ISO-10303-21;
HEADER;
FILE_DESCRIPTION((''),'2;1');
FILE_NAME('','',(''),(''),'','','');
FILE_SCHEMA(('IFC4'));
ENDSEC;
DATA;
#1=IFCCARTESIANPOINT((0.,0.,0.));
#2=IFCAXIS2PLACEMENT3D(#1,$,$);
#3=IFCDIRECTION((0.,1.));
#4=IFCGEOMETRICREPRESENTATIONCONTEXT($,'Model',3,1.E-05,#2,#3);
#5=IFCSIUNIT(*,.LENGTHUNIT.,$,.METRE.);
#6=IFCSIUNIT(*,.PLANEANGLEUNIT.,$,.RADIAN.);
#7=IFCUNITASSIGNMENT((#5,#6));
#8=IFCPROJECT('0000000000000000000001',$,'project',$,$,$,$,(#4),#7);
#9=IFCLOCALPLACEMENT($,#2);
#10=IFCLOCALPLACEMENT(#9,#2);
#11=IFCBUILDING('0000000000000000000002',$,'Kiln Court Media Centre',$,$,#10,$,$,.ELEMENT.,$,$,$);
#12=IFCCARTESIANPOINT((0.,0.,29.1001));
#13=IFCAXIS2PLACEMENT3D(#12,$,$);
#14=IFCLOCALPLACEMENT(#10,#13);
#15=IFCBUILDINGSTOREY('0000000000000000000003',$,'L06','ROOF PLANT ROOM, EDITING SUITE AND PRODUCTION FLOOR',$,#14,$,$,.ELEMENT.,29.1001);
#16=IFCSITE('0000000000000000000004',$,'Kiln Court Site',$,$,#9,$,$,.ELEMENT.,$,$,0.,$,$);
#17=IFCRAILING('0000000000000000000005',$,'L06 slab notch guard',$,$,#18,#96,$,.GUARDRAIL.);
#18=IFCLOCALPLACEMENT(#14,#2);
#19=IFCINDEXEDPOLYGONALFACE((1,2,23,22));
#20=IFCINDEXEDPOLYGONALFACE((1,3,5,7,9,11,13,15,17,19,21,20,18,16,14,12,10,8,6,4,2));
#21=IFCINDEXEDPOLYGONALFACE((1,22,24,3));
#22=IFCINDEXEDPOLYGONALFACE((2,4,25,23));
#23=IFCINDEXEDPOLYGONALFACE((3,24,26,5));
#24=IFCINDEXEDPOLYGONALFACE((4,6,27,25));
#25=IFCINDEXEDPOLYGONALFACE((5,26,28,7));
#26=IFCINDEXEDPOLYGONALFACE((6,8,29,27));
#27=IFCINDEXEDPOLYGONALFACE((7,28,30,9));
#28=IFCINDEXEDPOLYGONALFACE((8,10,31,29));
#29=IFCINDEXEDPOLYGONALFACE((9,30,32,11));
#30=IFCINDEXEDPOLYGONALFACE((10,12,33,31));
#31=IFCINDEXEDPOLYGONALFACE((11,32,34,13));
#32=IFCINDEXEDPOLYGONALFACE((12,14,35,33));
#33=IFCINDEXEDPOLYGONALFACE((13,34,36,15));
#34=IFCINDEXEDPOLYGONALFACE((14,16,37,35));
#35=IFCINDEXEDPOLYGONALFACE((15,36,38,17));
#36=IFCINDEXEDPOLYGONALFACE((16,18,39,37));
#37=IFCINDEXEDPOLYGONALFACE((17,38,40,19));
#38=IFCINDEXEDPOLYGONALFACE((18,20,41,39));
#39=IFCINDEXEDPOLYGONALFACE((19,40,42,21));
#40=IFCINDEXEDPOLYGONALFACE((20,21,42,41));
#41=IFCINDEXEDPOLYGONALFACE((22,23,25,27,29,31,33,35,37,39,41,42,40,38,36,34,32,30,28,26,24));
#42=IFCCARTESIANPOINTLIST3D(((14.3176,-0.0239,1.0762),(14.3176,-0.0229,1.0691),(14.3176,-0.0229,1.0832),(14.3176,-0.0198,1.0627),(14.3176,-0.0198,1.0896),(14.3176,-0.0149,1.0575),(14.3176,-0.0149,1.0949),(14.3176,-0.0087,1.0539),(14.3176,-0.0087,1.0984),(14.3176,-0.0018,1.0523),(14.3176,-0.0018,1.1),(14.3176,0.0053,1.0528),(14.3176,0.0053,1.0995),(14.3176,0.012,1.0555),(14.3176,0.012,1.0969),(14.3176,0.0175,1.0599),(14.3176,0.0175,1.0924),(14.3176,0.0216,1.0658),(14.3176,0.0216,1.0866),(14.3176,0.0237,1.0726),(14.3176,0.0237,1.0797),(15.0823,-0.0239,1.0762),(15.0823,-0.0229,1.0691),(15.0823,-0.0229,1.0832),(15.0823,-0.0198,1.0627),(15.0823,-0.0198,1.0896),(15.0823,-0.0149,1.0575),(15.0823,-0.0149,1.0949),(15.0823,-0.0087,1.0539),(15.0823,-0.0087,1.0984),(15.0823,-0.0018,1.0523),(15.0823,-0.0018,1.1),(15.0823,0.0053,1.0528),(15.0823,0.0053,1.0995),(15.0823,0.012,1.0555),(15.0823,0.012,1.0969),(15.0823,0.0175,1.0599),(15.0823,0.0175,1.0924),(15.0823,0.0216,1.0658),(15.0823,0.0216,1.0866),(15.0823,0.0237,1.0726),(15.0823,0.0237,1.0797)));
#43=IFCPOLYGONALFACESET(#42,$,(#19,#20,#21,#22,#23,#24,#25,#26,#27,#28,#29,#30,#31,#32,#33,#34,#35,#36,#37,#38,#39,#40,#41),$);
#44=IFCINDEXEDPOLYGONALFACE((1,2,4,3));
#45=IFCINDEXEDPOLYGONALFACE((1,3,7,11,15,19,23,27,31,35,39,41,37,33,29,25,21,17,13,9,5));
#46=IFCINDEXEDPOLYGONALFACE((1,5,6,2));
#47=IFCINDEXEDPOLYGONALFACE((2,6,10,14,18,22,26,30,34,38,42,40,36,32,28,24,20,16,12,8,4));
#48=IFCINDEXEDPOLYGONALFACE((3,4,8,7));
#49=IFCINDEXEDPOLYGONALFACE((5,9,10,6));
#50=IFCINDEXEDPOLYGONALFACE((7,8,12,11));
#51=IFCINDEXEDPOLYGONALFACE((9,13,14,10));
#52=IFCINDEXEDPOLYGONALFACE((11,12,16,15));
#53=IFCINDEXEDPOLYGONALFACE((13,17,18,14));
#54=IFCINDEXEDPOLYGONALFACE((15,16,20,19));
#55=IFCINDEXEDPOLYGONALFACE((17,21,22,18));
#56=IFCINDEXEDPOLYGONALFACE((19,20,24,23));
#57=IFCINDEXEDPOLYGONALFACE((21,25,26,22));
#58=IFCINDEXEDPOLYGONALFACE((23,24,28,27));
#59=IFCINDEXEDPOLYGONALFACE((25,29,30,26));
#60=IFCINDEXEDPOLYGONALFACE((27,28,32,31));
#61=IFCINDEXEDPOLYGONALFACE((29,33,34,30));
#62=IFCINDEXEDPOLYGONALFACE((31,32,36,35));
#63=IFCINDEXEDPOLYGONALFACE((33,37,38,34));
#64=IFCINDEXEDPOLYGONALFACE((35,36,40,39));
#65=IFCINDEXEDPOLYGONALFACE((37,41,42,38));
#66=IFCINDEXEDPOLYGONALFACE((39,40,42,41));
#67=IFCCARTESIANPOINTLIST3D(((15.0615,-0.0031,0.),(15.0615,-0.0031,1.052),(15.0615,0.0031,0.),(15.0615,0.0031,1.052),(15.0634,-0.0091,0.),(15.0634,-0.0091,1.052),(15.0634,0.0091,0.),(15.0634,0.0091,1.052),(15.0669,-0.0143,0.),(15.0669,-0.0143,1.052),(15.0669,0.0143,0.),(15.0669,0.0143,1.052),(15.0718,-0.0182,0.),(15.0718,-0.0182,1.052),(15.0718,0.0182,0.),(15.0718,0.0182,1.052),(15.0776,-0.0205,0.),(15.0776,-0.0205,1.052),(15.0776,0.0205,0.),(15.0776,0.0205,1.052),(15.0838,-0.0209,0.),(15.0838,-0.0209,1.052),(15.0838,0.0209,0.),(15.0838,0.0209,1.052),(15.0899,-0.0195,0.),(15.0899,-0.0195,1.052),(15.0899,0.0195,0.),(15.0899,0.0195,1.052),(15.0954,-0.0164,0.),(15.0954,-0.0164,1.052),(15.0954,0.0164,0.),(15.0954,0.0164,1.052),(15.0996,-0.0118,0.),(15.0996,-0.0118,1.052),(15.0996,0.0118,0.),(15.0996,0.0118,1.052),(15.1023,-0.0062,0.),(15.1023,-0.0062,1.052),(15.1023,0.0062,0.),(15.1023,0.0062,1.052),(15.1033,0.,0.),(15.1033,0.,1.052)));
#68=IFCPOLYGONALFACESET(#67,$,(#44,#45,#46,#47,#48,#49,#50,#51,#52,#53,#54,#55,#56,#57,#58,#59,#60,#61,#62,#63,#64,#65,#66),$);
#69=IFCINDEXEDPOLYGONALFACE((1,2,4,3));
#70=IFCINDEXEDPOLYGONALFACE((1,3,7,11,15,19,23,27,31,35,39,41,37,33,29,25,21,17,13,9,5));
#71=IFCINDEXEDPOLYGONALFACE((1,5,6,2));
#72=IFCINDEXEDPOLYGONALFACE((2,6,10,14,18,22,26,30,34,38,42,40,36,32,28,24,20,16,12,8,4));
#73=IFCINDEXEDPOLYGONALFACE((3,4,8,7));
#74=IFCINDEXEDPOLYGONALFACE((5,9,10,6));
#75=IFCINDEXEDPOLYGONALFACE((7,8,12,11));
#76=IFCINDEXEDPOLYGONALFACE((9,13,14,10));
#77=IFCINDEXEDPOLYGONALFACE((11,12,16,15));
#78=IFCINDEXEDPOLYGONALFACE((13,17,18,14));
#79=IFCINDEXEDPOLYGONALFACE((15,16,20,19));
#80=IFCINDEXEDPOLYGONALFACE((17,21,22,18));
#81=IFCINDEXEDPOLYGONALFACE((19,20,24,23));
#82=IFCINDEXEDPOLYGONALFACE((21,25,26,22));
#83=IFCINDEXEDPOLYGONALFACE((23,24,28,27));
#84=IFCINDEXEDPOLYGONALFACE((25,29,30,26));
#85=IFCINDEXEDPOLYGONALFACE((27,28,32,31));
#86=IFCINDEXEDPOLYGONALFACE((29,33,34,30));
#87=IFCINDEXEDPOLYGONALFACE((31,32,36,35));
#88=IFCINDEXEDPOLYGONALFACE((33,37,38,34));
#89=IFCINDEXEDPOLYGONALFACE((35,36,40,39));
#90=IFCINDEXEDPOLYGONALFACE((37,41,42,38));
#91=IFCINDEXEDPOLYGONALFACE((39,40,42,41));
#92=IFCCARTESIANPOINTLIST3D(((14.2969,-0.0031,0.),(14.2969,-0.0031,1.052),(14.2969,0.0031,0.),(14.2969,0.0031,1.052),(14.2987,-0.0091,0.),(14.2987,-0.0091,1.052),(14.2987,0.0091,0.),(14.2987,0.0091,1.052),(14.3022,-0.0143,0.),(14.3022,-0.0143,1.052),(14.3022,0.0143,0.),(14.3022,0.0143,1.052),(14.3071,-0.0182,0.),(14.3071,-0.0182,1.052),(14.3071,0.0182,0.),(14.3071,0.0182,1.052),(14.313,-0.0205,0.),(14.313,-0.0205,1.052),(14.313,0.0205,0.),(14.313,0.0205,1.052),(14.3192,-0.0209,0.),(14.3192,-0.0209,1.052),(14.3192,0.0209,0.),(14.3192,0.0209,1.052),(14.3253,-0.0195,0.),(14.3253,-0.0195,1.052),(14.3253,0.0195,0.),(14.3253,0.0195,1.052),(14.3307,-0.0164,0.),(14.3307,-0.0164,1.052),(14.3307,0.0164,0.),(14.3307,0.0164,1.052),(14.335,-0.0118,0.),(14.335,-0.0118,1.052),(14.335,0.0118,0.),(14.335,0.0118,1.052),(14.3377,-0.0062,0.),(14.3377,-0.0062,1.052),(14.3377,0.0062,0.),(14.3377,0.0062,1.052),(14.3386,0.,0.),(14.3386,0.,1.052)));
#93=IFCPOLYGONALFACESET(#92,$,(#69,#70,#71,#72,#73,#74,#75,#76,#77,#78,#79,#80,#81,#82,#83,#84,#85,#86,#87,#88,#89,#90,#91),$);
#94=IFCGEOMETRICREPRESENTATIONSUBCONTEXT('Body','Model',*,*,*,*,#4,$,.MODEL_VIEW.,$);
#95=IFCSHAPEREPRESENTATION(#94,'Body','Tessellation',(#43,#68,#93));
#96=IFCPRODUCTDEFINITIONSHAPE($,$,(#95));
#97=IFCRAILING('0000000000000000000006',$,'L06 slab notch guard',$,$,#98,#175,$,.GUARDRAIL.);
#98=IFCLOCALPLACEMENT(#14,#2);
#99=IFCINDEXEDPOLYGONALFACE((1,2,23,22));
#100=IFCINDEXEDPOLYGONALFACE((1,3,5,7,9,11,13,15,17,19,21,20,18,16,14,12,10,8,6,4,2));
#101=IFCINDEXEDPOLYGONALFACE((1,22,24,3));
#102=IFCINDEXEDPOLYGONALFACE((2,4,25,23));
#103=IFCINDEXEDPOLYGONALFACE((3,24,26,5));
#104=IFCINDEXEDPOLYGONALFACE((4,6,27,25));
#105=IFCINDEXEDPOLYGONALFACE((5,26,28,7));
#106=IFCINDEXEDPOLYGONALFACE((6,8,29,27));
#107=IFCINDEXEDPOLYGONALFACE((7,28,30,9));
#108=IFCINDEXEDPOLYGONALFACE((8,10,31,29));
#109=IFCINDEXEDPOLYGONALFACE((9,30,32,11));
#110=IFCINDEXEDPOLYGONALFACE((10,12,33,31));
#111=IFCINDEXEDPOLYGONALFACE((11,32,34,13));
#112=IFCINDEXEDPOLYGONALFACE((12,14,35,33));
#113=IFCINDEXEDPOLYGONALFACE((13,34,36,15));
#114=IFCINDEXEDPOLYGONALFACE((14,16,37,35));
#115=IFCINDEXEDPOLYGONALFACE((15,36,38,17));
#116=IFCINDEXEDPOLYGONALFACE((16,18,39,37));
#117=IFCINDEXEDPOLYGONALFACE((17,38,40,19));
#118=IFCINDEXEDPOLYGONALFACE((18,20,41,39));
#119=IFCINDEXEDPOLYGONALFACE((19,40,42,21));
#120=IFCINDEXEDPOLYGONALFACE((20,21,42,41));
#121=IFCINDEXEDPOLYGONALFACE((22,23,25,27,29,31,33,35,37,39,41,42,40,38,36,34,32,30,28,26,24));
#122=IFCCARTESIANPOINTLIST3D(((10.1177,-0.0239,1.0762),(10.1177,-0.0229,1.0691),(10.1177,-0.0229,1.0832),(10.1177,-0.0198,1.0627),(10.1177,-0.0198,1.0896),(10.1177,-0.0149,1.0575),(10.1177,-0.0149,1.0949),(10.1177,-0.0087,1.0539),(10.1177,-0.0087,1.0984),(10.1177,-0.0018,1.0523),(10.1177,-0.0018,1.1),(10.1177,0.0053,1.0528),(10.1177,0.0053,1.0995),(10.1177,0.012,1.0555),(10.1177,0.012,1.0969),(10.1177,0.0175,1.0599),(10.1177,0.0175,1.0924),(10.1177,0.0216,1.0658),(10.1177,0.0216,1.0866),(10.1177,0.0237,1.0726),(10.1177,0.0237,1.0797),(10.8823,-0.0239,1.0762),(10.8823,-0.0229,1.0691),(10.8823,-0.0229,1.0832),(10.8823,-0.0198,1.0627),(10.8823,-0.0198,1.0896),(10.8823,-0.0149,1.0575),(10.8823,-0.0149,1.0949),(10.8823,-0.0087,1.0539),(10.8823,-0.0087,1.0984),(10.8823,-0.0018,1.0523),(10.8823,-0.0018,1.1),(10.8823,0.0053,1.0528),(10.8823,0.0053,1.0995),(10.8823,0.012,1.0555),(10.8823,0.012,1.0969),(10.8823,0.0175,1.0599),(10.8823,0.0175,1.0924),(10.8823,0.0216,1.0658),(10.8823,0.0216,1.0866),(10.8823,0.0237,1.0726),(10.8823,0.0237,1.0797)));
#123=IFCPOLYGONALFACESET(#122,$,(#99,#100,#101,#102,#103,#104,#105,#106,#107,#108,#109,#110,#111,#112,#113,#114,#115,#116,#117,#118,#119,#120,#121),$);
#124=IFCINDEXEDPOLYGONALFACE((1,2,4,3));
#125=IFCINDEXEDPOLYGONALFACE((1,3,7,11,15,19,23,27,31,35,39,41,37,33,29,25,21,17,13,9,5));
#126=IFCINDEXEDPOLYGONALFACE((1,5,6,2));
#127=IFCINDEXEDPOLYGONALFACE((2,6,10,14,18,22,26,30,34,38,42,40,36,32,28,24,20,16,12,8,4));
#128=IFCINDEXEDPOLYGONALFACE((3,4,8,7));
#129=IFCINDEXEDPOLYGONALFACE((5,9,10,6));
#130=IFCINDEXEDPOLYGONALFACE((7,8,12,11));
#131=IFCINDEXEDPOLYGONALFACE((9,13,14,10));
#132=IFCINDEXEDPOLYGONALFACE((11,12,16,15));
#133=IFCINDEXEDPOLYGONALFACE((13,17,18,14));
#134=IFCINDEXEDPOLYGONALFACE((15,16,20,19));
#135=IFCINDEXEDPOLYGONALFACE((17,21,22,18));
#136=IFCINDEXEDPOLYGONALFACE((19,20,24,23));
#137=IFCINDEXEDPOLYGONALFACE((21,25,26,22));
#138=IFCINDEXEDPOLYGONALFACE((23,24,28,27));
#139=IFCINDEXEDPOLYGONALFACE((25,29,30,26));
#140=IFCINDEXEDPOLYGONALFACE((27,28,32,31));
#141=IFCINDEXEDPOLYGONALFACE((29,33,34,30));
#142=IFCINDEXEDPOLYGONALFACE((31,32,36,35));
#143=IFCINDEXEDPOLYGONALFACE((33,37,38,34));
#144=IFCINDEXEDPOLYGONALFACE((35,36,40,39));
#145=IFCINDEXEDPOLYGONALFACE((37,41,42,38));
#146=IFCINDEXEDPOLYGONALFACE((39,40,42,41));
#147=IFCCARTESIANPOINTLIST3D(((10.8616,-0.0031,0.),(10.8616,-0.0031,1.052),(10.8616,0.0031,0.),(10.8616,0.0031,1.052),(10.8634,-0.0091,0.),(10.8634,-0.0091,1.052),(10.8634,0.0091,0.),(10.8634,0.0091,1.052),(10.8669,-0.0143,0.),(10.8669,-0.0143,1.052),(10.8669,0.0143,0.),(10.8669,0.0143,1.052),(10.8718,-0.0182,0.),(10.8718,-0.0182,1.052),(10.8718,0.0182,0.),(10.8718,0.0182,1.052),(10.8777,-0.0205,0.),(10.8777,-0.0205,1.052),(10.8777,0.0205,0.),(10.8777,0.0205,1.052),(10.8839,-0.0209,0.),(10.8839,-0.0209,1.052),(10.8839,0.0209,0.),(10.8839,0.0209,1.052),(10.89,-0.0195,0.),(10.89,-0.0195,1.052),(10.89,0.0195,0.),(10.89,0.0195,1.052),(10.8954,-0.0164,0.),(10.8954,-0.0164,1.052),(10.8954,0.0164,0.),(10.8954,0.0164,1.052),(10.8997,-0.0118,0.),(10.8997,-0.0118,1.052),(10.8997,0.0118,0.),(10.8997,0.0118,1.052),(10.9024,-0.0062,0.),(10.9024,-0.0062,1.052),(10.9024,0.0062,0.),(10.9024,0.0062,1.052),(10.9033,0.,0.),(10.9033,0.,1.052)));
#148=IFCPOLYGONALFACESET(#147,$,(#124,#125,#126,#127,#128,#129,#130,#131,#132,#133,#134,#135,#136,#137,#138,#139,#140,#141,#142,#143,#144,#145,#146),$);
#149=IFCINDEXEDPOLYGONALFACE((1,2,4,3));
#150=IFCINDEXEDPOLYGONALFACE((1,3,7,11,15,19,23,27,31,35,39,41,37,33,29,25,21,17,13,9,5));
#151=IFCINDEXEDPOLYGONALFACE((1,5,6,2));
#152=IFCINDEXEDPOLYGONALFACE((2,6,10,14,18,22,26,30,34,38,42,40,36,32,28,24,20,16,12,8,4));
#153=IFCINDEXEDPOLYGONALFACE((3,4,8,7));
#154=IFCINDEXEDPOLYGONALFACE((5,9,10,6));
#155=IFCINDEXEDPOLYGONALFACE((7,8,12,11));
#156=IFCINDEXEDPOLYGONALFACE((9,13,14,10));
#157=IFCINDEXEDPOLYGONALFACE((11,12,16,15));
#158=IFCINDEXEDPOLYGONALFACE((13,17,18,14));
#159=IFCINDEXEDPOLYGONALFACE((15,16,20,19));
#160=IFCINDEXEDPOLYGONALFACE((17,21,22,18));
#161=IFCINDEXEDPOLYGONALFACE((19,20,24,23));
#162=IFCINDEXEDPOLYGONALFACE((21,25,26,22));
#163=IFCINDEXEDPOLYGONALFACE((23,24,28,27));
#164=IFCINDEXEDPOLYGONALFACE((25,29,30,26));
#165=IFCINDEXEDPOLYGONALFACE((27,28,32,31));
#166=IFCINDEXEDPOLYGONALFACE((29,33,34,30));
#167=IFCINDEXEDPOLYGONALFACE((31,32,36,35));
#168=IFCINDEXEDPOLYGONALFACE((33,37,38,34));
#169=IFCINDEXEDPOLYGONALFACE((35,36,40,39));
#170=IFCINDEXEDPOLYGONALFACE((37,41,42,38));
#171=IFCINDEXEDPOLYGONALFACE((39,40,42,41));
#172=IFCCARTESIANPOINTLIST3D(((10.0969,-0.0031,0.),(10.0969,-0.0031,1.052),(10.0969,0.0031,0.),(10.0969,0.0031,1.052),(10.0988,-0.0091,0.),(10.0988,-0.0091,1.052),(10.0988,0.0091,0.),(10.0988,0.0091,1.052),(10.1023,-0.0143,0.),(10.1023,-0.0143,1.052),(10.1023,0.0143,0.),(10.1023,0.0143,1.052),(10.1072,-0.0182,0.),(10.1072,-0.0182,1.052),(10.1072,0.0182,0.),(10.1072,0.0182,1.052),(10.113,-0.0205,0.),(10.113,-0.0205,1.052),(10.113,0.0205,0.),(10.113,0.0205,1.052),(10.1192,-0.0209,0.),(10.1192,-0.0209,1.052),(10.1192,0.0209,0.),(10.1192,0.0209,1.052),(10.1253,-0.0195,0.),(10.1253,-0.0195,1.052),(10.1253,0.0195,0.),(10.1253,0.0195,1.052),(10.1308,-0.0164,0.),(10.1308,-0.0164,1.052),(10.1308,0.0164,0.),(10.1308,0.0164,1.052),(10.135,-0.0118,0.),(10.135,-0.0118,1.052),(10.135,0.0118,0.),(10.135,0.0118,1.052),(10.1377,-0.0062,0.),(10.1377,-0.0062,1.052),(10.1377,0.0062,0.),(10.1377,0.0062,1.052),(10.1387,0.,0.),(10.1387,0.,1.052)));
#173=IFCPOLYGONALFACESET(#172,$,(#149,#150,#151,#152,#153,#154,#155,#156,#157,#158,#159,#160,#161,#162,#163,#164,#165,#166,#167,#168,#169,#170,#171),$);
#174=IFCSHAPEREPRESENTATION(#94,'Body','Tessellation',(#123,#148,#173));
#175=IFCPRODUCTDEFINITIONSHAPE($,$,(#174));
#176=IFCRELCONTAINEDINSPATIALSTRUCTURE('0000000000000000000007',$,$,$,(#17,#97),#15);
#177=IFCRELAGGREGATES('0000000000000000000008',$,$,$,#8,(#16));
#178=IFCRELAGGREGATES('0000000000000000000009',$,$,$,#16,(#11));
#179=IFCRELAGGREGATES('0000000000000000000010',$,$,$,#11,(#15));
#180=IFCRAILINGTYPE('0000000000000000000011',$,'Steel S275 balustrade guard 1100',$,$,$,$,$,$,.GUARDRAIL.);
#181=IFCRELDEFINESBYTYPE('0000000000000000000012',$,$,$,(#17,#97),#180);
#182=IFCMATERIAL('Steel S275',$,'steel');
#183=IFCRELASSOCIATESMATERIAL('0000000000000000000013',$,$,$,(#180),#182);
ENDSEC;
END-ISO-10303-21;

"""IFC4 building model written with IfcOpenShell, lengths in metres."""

from ifc_helpers import new_model, si_unit, direction, frame, origin, origin_2d, place, context, subcontext, project, spatial, circle, extrude, material, type_object, element, save


model = new_model("IFC4")

# Units and contexts
model_context = context("Model", 3, precision=1e-05, world=origin(), true_north=direction((0.0, 1.0)))
body_context = subcontext(model_context, "Body", "Model", "MODEL_VIEW")
ifc_project = project(units=[si_unit("LENGTHUNIT", "METRE"), si_unit("PLANEANGLEUNIT", "RADIAN")], contexts=[model_context])

# Site, building, storey
site_placement = place(None, origin())
site = spatial("IfcSite", under=ifc_project, at=site_placement, Name="Kiln Court Site", CompositionType="ELEMENT", RefElevation=0.0)
building_placement = place(site_placement, origin())
building = spatial("IfcBuilding", under=site, at=building_placement, Name="Kiln Court Media Centre", CompositionType="ELEMENT")
storey_placement = place(building_placement, frame((0.0, 0.0, 29.1001)))
storey = spatial("IfcBuildingStorey", under=building, at=storey_placement, Name="L06", Description="ROOF PLANT ROOM, EDITING SUITE AND PRODUCTION FLOOR", CompositionType="ELEMENT", Elevation=29.1001)

# Railings
ifc_material_1 = material(Name="Steel S275", Category="steel")
railing_type_1 = type_object("IfcRailingType", Name="Steel S275 balustrade guard 1100", PredefinedType="GUARDRAIL", material=ifc_material_1)
for number, where, name in (
    (1, (15.0823, 0.0, 0.0), "L06 slab notch guard"),
    (2, (10.8823, 0.0, 0.0), "L06 slab notch guard"),
):
    element("IfcRailing", number, at=place(storey_placement, frame(where)), inside=storey, type_object=railing_type_1, Name=name, PredefinedType="GUARDRAIL", context=body_context, shape_type="SweptSolid", body=[
        extrude(circle(Radius=0.0239, at=origin_2d()), frame((0.0, 0.0, 1.0762), z_axis=(-1.0, 0.0, 0.0), x_axis=(0.0, -1.0, 0.0)), (0.0, 0.0, 1.0), 0.7646),
        extrude(circle(Radius=0.021, at=origin_2d()), origin(), (0.0, 0.0, 1.0), 1.052),
        extrude(circle(Radius=0.021, at=origin_2d()), frame((-0.7646, 0.0, 0.0)), (0.0, 0.0, 1.0), 1.052),
    ])

save(model, "model.ifc")
